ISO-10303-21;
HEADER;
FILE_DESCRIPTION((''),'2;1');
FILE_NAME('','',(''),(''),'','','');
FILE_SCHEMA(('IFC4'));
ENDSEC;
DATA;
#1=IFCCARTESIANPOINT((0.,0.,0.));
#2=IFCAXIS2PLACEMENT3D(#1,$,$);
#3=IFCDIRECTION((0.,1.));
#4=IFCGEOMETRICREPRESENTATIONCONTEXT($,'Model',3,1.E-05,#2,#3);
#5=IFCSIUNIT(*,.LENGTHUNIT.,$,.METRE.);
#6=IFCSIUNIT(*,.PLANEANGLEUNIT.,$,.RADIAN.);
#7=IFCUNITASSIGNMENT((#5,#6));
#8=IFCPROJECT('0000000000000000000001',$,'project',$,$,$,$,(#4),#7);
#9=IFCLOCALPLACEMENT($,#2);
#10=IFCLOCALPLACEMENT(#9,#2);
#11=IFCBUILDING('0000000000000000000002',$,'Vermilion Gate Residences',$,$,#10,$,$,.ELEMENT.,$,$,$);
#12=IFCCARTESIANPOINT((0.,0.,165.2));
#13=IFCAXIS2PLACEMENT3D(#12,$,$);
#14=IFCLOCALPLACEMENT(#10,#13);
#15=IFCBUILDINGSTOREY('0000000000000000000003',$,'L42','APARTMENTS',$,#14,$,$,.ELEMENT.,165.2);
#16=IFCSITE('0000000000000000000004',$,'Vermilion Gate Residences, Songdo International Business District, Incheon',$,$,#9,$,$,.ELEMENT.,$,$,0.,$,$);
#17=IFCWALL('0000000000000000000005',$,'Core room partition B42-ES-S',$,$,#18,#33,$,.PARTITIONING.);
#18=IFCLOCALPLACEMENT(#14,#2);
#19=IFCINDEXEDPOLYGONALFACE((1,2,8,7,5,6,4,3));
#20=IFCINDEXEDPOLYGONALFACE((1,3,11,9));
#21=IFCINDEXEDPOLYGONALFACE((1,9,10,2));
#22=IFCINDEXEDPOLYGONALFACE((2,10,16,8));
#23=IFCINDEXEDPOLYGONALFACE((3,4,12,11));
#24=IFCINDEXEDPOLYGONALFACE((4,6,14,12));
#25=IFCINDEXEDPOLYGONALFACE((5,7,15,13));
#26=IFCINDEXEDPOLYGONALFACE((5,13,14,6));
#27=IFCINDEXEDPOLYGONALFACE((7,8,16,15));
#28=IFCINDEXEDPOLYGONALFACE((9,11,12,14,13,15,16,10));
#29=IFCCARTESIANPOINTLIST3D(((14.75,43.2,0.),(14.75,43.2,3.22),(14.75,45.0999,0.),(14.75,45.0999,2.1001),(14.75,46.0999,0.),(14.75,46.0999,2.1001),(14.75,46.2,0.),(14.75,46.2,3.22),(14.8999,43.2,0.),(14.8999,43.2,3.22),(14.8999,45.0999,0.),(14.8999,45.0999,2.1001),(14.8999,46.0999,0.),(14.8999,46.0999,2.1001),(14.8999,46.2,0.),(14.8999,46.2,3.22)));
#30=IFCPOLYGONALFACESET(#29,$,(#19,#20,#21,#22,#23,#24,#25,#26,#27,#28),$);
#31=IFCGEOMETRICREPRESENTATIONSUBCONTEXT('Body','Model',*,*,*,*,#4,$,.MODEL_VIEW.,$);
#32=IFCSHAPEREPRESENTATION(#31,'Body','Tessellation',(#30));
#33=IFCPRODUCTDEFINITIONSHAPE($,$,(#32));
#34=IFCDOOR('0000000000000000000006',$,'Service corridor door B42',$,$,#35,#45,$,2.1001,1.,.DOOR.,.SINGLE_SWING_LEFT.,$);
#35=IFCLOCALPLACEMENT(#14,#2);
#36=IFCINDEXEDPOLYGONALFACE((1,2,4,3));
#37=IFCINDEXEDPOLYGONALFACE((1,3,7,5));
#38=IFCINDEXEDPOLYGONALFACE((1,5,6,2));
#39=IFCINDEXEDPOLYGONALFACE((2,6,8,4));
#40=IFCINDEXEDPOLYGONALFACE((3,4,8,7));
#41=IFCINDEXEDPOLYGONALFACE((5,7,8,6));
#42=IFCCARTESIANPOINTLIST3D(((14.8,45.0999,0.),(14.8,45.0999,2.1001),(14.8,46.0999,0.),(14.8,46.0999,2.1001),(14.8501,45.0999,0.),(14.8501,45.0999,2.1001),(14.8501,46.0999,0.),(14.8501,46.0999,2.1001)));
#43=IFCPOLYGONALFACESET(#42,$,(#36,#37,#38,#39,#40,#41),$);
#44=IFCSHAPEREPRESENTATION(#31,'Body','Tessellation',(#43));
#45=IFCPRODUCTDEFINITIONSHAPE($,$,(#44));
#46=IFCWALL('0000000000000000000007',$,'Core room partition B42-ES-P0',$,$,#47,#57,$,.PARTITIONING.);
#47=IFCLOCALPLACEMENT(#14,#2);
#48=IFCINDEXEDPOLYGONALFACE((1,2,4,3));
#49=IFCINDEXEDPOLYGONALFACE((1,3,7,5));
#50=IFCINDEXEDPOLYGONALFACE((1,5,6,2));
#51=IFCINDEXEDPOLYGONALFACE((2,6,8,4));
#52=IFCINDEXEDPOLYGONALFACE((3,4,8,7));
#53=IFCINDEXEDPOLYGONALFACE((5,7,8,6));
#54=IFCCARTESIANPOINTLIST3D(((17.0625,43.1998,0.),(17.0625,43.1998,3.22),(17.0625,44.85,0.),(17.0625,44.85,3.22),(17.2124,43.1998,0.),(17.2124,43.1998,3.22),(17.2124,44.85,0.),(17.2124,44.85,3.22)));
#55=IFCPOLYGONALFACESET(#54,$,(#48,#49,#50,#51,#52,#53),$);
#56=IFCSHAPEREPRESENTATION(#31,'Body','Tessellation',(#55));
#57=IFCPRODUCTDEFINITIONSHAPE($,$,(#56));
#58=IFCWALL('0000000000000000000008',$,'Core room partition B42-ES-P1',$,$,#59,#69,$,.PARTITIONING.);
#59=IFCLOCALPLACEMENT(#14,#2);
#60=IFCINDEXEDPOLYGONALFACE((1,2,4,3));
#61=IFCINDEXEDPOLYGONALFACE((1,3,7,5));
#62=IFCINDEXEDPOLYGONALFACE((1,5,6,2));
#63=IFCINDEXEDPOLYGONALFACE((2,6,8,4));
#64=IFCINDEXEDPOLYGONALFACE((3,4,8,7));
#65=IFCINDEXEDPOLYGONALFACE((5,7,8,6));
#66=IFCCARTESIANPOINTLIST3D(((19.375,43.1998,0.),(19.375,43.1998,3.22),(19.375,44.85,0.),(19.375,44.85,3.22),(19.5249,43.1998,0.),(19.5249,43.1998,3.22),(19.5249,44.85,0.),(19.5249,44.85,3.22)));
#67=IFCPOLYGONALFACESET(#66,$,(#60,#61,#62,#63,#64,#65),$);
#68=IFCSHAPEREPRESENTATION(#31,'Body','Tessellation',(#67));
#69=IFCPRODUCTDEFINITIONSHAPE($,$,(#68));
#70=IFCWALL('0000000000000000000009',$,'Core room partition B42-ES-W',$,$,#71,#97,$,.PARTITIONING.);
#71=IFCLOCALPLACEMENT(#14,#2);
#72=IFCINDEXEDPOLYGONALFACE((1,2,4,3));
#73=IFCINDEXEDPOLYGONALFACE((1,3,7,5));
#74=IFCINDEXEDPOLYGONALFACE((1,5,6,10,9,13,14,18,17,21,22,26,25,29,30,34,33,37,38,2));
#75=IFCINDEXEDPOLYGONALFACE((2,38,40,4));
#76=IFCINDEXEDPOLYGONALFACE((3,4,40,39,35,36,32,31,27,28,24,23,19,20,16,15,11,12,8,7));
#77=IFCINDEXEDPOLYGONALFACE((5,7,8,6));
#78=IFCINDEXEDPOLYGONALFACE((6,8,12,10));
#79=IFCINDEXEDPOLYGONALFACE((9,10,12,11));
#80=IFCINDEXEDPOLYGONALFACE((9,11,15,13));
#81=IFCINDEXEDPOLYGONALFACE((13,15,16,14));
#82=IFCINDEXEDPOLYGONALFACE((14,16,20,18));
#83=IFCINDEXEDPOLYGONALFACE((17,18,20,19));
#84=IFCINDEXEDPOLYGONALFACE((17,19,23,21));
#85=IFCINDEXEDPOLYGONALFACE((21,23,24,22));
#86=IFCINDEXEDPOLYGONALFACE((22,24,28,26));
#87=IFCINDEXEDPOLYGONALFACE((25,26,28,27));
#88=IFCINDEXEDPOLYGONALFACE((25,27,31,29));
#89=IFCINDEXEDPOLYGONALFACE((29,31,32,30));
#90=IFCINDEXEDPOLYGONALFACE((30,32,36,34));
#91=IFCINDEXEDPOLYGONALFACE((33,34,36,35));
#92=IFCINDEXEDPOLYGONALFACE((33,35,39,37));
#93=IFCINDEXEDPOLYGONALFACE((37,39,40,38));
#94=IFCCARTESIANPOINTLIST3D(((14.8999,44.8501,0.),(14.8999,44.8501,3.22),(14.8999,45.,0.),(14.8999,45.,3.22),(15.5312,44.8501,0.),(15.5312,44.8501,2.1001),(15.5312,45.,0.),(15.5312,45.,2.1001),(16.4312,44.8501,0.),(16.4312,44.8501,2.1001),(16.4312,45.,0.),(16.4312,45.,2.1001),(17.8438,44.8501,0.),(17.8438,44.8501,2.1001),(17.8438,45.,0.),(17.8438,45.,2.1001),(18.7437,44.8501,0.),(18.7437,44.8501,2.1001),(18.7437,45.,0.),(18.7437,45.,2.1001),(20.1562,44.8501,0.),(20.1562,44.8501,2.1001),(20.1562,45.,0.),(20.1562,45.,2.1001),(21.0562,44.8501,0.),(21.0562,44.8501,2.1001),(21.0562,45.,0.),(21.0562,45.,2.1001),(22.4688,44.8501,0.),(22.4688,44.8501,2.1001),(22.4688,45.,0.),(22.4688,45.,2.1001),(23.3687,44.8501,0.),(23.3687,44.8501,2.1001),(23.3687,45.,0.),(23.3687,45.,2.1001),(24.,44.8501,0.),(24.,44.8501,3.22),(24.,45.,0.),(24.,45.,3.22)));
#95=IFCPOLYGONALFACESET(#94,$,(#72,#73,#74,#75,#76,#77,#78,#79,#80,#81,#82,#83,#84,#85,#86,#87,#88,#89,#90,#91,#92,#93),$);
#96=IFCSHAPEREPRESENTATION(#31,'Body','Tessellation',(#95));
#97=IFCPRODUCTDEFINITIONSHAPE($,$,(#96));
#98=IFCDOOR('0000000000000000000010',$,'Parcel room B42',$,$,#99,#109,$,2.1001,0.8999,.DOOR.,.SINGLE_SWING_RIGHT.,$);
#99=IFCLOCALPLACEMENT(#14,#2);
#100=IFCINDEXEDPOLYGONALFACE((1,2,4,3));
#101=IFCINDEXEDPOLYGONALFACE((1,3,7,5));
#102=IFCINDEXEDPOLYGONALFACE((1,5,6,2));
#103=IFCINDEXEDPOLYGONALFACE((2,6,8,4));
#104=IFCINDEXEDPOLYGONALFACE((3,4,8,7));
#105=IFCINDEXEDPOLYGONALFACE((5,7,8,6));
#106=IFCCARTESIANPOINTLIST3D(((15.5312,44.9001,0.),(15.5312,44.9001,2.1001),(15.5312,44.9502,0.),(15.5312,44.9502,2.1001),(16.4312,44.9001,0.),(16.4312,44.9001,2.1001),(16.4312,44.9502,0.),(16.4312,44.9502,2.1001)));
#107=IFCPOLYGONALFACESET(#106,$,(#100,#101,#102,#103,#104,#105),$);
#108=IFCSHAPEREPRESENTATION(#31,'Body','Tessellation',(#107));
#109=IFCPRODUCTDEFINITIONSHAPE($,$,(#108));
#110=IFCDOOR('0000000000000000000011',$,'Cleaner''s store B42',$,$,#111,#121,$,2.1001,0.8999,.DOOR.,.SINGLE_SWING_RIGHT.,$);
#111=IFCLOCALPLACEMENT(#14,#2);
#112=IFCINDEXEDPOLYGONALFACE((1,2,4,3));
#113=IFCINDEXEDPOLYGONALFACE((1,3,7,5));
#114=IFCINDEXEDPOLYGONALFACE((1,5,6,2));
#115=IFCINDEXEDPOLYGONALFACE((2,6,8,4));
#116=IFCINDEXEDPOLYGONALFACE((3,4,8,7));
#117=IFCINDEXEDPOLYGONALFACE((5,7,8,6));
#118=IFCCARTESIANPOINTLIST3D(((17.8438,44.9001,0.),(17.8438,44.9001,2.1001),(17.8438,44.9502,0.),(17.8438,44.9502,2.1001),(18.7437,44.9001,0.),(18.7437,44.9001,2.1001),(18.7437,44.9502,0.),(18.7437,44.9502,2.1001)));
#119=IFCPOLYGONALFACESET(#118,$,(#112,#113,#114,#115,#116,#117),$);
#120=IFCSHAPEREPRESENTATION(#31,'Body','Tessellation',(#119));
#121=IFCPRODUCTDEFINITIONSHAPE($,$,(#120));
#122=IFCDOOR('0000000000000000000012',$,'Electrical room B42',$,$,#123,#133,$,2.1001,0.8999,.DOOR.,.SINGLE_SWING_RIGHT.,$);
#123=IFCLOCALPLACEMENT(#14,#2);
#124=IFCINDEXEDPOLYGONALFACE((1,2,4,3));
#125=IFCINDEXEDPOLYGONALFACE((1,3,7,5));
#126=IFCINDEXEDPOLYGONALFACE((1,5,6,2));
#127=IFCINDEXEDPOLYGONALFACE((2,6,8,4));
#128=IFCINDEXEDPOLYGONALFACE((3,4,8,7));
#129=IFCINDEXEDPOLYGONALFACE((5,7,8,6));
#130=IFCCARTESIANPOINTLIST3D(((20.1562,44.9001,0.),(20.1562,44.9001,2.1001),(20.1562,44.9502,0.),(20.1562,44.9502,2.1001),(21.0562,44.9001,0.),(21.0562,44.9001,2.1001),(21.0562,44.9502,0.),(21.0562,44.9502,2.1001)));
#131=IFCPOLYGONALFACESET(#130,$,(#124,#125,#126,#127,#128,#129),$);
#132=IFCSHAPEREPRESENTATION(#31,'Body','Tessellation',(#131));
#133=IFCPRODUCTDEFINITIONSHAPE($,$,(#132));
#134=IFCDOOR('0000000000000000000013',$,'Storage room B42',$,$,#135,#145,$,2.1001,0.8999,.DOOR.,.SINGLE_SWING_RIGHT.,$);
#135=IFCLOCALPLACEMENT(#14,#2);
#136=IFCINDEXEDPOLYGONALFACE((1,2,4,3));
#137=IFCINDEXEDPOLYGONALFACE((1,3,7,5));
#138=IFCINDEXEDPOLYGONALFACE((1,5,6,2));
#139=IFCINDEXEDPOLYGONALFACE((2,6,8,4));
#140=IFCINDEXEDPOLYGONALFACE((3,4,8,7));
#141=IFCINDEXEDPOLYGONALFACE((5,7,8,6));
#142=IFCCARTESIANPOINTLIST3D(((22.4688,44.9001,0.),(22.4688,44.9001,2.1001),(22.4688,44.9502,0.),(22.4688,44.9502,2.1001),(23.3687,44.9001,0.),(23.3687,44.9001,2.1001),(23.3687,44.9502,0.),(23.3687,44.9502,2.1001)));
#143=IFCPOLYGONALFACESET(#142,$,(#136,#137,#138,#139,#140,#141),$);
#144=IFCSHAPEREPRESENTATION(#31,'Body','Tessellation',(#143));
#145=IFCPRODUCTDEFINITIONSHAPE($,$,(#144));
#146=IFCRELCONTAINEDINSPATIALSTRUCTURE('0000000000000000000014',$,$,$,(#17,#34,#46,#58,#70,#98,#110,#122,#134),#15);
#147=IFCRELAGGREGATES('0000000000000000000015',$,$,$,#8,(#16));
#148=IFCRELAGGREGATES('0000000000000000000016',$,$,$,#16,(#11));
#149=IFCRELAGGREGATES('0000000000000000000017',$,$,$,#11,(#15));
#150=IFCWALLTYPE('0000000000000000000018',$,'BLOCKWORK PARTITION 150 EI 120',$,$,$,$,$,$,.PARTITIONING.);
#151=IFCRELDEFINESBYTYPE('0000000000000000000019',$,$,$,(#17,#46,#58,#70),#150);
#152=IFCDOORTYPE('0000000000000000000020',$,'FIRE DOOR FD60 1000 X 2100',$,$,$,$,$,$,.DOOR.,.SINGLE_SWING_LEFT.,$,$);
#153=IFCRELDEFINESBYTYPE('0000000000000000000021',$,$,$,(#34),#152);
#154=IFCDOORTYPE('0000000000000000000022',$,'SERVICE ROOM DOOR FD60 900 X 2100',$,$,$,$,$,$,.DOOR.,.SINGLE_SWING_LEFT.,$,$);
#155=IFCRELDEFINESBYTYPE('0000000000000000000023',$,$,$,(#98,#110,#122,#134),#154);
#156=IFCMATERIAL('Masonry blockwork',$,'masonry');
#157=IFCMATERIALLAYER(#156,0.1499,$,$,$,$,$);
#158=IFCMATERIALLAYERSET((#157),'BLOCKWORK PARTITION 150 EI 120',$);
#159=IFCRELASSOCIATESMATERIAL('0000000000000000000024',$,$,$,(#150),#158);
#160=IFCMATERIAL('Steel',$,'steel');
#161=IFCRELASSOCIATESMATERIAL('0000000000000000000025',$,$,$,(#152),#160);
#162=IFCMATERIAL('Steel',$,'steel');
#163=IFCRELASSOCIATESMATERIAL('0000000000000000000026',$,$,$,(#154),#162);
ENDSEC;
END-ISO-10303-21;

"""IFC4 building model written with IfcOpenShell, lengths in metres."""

from ifc_helpers import new_model, si_unit, direction, frame, frame_2d, origin, place, context, subcontext, project, spatial, rectangle, extrude, material, layer, layer_set, type_object, element, fill, save


model = new_model("IFC4")

# Units and contexts
model_context = context("Model", 3, precision=1e-05, world=origin(), true_north=direction((0.0, 1.0)))
body_context = subcontext(model_context, "Body", "Model", "MODEL_VIEW")
ifc_project = project(units=[si_unit("LENGTHUNIT", "METRE"), si_unit("PLANEANGLEUNIT", "RADIAN")], contexts=[model_context])

# Site, building, storey
site_placement = place(None, origin())
site = spatial("IfcSite", under=ifc_project, at=site_placement, Name="Vermilion Gate Residences, Songdo International Business District, Incheon", CompositionType="ELEMENT", RefElevation=0.0)
building_placement = place(site_placement, origin())
building = spatial("IfcBuilding", under=site, at=building_placement, Name="Vermilion Gate Residences", CompositionType="ELEMENT")
storey_placement = place(building_placement, frame((0.0, 0.0, 165.2)))
storey = spatial("IfcBuildingStorey", under=building, at=storey_placement, Name="L42", Description="APARTMENTS", CompositionType="ELEMENT", Elevation=165.2)

# Wall, opening, door
ifc_material_1 = material(Name="Masonry blockwork", Category="masonry")
ifc_layer_1 = layer(ifc_material_1, 0.1499)
ifc_layer_set_1 = layer_set([ifc_layer_1], Name="BLOCKWORK PARTITION 150 EI 120")
wall_type_1 = type_object("IfcWallType", Name="BLOCKWORK PARTITION 150 EI 120", PredefinedType="PARTITIONING", material=ifc_layer_set_1)
wall_1_placement = place(storey_placement, frame((14.825, 46.2, 0.0), z_axis=(0.0, 0.0, 1.0), x_axis=(0.0, -1.0, 0.0)))
wall_1 = element("IfcWall", 1, at=wall_1_placement, inside=storey, type_object=wall_type_1, Name="Core room partition B42-ES-S", PredefinedType="PARTITIONING", context=body_context, shape_type="SweptSolid", body=[
    extrude(rectangle(XDim=3.0, YDim=0.1499, at=frame_2d((1.5, 0.0))), origin(), (0.0, 0.0, 1.0), 3.22),
])
opening_1_placement = place(wall_1_placement, frame((0.1001, 0.0, 0.0)))
opening_1 = element("IfcOpeningElement", 2, at=opening_1_placement, cuts=wall_1, PredefinedType="OPENING", context=body_context, shape_type="SweptSolid", body=[
    extrude(rectangle(XDim=1.0, YDim=2.1001, at=frame_2d((0.5, 1.05))), frame((0.0, 0.085, 0.0), z_axis=(0.0, -1.0, 0.0), x_axis=(1.0, 0.0, 0.0)), (0.0, 0.0, 1.0), 0.1699),
])
ifc_material_2 = material(Name="Steel", Category="steel")
door_type_1 = type_object("IfcDoorType", Name="FIRE DOOR FD60 1000 X 2100", OperationType="SINGLE_SWING_LEFT", PredefinedType="DOOR", material=ifc_material_2)
door_1_placement = place(opening_1_placement, frame((1.0, 0.0, 0.0), z_axis=(0.0, 0.0, 1.0), x_axis=(-1.0, 0.0, 0.0)))
door_1 = element("IfcDoor", 3, at=door_1_placement, inside=storey, type_object=door_type_1, Name="Service corridor door B42", OperationType="SINGLE_SWING_LEFT", OverallHeight=2.1001, OverallWidth=1.0, PredefinedType="DOOR", context=body_context, shape_type="SweptSolid", body=[
    extrude(rectangle(XDim=1.0, YDim=2.1001, at=frame_2d((0.5, 1.05))), frame((0.0, 0.0249, 0.0), z_axis=(0.0, -1.0, 0.0), x_axis=(1.0, 0.0, 0.0)), (0.0, 0.0, 1.0), 0.05),
])
fill(opening_1, door_1)

# Walls
for number, where, z_axis, x_axis, name in (
    (4, (17.1375, 44.8501, 0.0), (0.0, 0.0, 1.0), (0.0, -1.0, 0.0), "Core room partition B42-ES-P0"),
    (5, (19.45, 44.8501, 0.0), (0.0, 0.0, 1.0), (0.0, -1.0, 0.0), "Core room partition B42-ES-P1"),
):
    element("IfcWall", number, at=place(storey_placement, frame(where, z_axis=z_axis, x_axis=x_axis)), inside=storey, type_object=wall_type_1, Name=name, PredefinedType="PARTITIONING", context=body_context, shape_type="SweptSolid", body=[
        extrude(rectangle(XDim=1.6501, YDim=0.1499, at=frame_2d((0.8252, 0.0))), origin(), (0.0, 0.0, 1.0), 3.22),
    ])

# Wall, openings, doors
wall_2_placement = place(storey_placement, frame((14.8999, 44.925, 0.0), z_axis=(0.0, 0.0, 1.0), x_axis=(1.0, 0.0, 0.0)))
wall_2 = element("IfcWall", 6, at=wall_2_placement, inside=storey, type_object=wall_type_1, Name="Core room partition B42-ES-W", PredefinedType="PARTITIONING", context=body_context, shape_type="SweptSolid", body=[
    extrude(rectangle(XDim=9.1001, YDim=0.1499, at=frame_2d((4.55, 0.0))), origin(), (0.0, 0.0, 1.0), 3.22),
])
opening_2_placement = place(wall_2_placement, frame((0.6313, 0.0, 0.0)))
opening_2 = element("IfcOpeningElement", 7, at=opening_2_placement, cuts=wall_2, PredefinedType="OPENING", context=body_context, shape_type="SweptSolid", body=[
    extrude(rectangle(XDim=0.8999, YDim=2.1001, at=frame_2d((0.45, 1.05))), frame((0.0, 0.085, 0.0), z_axis=(0.0, -1.0, 0.0), x_axis=(1.0, 0.0, 0.0)), (0.0, 0.0, 1.0), 0.1699),
])
opening_3_placement = place(wall_2_placement, frame((2.9438, 0.0, 0.0)))
opening_3 = element("IfcOpeningElement", 8, at=opening_3_placement, cuts=wall_2, PredefinedType="OPENING", context=body_context, shape_type="SweptSolid", body=[
    extrude(rectangle(XDim=0.8999, YDim=2.1001, at=frame_2d((0.45, 1.05))), frame((0.0, 0.085, 0.0), z_axis=(0.0, -1.0, 0.0), x_axis=(1.0, 0.0, 0.0)), (0.0, 0.0, 1.0), 0.1699),
])
opening_4_placement = place(wall_2_placement, frame((5.2563, 0.0, 0.0)))
opening_4 = element("IfcOpeningElement", 9, at=opening_4_placement, cuts=wall_2, PredefinedType="OPENING", context=body_context, shape_type="SweptSolid", body=[
    extrude(rectangle(XDim=0.8999, YDim=2.1001, at=frame_2d((0.45, 1.05))), frame((0.0, 0.085, 0.0), z_axis=(0.0, -1.0, 0.0), x_axis=(1.0, 0.0, 0.0)), (0.0, 0.0, 1.0), 0.1699),
])
opening_5_placement = place(wall_2_placement, frame((7.5688, 0.0, 0.0)))
opening_5 = element("IfcOpeningElement", 10, at=opening_5_placement, cuts=wall_2, PredefinedType="OPENING", context=body_context, shape_type="SweptSolid", body=[
    extrude(rectangle(XDim=0.8999, YDim=2.1001, at=frame_2d((0.45, 1.05))), frame((0.0, 0.085, 0.0), z_axis=(0.0, -1.0, 0.0), x_axis=(1.0, 0.0, 0.0)), (0.0, 0.0, 1.0), 0.1699),
])
ifc_material_3 = material(Name="Steel", Category="steel")
door_type_2 = type_object("IfcDoorType", Name="SERVICE ROOM DOOR FD60 900 X 2100", OperationType="SINGLE_SWING_LEFT", PredefinedType="DOOR", material=ifc_material_3)
door_2_placement = place(opening_2_placement, frame((0.8999, 0.0, 0.0), z_axis=(0.0, 0.0, 1.0), x_axis=(-1.0, 0.0, 0.0)))
door_2 = element("IfcDoor", 11, at=door_2_placement, inside=storey, type_object=door_type_2, Name="Parcel room B42", OperationType="SINGLE_SWING_RIGHT", OverallHeight=2.1001, OverallWidth=0.8999, PredefinedType="DOOR", context=body_context, shape_type="SweptSolid", body=[
    extrude(rectangle(XDim=0.8999, YDim=2.1001, at=frame_2d((0.45, 1.05))), frame((0.0, 0.0249, 0.0), z_axis=(0.0, -1.0, 0.0), x_axis=(1.0, 0.0, 0.0)), (0.0, 0.0, 1.0), 0.05),
])
fill(opening_2, door_2)
door_3_placement = place(opening_3_placement, frame((0.8999, 0.0, 0.0), z_axis=(0.0, 0.0, 1.0), x_axis=(-1.0, 0.0, 0.0)))
door_3 = element("IfcDoor", 12, at=door_3_placement, inside=storey, type_object=door_type_2, Name="Cleaner's store B42", OperationType="SINGLE_SWING_RIGHT", OverallHeight=2.1001, OverallWidth=0.8999, PredefinedType="DOOR", context=body_context, shape_type="SweptSolid", body=[
    extrude(rectangle(XDim=0.8999, YDim=2.1001, at=frame_2d((0.45, 1.05))), frame((0.0, 0.0249, 0.0), z_axis=(0.0, -1.0, 0.0), x_axis=(1.0, 0.0, 0.0)), (0.0, 0.0, 1.0), 0.05),
])
fill(opening_3, door_3)
door_4_placement = place(opening_4_placement, frame((0.8999, 0.0, 0.0), z_axis=(0.0, 0.0, 1.0), x_axis=(-1.0, 0.0, 0.0)))
door_4 = element("IfcDoor", 13, at=door_4_placement, inside=storey, type_object=door_type_2, Name="Electrical room B42", OperationType="SINGLE_SWING_RIGHT", OverallHeight=2.1001, OverallWidth=0.8999, PredefinedType="DOOR", context=body_context, shape_type="SweptSolid", body=[
    extrude(rectangle(XDim=0.8999, YDim=2.1001, at=frame_2d((0.45, 1.05))), frame((0.0, 0.0249, 0.0), z_axis=(0.0, -1.0, 0.0), x_axis=(1.0, 0.0, 0.0)), (0.0, 0.0, 1.0), 0.05),
])
fill(opening_4, door_4)
door_5_placement = place(opening_5_placement, frame((0.8999, 0.0, 0.0), z_axis=(0.0, 0.0, 1.0), x_axis=(-1.0, 0.0, 0.0)))
door_5 = element("IfcDoor", 14, at=door_5_placement, inside=storey, type_object=door_type_2, Name="Storage room B42", OperationType="SINGLE_SWING_RIGHT", OverallHeight=2.1001, OverallWidth=0.8999, PredefinedType="DOOR", context=body_context, shape_type="SweptSolid", body=[
    extrude(rectangle(XDim=0.8999, YDim=2.1001, at=frame_2d((0.45, 1.05))), frame((0.0, 0.0249, 0.0), z_axis=(0.0, -1.0, 0.0), x_axis=(1.0, 0.0, 0.0)), (0.0, 0.0, 1.0), 0.05),
])
fill(opening_5, door_5)

save(model, "model.ifc")
